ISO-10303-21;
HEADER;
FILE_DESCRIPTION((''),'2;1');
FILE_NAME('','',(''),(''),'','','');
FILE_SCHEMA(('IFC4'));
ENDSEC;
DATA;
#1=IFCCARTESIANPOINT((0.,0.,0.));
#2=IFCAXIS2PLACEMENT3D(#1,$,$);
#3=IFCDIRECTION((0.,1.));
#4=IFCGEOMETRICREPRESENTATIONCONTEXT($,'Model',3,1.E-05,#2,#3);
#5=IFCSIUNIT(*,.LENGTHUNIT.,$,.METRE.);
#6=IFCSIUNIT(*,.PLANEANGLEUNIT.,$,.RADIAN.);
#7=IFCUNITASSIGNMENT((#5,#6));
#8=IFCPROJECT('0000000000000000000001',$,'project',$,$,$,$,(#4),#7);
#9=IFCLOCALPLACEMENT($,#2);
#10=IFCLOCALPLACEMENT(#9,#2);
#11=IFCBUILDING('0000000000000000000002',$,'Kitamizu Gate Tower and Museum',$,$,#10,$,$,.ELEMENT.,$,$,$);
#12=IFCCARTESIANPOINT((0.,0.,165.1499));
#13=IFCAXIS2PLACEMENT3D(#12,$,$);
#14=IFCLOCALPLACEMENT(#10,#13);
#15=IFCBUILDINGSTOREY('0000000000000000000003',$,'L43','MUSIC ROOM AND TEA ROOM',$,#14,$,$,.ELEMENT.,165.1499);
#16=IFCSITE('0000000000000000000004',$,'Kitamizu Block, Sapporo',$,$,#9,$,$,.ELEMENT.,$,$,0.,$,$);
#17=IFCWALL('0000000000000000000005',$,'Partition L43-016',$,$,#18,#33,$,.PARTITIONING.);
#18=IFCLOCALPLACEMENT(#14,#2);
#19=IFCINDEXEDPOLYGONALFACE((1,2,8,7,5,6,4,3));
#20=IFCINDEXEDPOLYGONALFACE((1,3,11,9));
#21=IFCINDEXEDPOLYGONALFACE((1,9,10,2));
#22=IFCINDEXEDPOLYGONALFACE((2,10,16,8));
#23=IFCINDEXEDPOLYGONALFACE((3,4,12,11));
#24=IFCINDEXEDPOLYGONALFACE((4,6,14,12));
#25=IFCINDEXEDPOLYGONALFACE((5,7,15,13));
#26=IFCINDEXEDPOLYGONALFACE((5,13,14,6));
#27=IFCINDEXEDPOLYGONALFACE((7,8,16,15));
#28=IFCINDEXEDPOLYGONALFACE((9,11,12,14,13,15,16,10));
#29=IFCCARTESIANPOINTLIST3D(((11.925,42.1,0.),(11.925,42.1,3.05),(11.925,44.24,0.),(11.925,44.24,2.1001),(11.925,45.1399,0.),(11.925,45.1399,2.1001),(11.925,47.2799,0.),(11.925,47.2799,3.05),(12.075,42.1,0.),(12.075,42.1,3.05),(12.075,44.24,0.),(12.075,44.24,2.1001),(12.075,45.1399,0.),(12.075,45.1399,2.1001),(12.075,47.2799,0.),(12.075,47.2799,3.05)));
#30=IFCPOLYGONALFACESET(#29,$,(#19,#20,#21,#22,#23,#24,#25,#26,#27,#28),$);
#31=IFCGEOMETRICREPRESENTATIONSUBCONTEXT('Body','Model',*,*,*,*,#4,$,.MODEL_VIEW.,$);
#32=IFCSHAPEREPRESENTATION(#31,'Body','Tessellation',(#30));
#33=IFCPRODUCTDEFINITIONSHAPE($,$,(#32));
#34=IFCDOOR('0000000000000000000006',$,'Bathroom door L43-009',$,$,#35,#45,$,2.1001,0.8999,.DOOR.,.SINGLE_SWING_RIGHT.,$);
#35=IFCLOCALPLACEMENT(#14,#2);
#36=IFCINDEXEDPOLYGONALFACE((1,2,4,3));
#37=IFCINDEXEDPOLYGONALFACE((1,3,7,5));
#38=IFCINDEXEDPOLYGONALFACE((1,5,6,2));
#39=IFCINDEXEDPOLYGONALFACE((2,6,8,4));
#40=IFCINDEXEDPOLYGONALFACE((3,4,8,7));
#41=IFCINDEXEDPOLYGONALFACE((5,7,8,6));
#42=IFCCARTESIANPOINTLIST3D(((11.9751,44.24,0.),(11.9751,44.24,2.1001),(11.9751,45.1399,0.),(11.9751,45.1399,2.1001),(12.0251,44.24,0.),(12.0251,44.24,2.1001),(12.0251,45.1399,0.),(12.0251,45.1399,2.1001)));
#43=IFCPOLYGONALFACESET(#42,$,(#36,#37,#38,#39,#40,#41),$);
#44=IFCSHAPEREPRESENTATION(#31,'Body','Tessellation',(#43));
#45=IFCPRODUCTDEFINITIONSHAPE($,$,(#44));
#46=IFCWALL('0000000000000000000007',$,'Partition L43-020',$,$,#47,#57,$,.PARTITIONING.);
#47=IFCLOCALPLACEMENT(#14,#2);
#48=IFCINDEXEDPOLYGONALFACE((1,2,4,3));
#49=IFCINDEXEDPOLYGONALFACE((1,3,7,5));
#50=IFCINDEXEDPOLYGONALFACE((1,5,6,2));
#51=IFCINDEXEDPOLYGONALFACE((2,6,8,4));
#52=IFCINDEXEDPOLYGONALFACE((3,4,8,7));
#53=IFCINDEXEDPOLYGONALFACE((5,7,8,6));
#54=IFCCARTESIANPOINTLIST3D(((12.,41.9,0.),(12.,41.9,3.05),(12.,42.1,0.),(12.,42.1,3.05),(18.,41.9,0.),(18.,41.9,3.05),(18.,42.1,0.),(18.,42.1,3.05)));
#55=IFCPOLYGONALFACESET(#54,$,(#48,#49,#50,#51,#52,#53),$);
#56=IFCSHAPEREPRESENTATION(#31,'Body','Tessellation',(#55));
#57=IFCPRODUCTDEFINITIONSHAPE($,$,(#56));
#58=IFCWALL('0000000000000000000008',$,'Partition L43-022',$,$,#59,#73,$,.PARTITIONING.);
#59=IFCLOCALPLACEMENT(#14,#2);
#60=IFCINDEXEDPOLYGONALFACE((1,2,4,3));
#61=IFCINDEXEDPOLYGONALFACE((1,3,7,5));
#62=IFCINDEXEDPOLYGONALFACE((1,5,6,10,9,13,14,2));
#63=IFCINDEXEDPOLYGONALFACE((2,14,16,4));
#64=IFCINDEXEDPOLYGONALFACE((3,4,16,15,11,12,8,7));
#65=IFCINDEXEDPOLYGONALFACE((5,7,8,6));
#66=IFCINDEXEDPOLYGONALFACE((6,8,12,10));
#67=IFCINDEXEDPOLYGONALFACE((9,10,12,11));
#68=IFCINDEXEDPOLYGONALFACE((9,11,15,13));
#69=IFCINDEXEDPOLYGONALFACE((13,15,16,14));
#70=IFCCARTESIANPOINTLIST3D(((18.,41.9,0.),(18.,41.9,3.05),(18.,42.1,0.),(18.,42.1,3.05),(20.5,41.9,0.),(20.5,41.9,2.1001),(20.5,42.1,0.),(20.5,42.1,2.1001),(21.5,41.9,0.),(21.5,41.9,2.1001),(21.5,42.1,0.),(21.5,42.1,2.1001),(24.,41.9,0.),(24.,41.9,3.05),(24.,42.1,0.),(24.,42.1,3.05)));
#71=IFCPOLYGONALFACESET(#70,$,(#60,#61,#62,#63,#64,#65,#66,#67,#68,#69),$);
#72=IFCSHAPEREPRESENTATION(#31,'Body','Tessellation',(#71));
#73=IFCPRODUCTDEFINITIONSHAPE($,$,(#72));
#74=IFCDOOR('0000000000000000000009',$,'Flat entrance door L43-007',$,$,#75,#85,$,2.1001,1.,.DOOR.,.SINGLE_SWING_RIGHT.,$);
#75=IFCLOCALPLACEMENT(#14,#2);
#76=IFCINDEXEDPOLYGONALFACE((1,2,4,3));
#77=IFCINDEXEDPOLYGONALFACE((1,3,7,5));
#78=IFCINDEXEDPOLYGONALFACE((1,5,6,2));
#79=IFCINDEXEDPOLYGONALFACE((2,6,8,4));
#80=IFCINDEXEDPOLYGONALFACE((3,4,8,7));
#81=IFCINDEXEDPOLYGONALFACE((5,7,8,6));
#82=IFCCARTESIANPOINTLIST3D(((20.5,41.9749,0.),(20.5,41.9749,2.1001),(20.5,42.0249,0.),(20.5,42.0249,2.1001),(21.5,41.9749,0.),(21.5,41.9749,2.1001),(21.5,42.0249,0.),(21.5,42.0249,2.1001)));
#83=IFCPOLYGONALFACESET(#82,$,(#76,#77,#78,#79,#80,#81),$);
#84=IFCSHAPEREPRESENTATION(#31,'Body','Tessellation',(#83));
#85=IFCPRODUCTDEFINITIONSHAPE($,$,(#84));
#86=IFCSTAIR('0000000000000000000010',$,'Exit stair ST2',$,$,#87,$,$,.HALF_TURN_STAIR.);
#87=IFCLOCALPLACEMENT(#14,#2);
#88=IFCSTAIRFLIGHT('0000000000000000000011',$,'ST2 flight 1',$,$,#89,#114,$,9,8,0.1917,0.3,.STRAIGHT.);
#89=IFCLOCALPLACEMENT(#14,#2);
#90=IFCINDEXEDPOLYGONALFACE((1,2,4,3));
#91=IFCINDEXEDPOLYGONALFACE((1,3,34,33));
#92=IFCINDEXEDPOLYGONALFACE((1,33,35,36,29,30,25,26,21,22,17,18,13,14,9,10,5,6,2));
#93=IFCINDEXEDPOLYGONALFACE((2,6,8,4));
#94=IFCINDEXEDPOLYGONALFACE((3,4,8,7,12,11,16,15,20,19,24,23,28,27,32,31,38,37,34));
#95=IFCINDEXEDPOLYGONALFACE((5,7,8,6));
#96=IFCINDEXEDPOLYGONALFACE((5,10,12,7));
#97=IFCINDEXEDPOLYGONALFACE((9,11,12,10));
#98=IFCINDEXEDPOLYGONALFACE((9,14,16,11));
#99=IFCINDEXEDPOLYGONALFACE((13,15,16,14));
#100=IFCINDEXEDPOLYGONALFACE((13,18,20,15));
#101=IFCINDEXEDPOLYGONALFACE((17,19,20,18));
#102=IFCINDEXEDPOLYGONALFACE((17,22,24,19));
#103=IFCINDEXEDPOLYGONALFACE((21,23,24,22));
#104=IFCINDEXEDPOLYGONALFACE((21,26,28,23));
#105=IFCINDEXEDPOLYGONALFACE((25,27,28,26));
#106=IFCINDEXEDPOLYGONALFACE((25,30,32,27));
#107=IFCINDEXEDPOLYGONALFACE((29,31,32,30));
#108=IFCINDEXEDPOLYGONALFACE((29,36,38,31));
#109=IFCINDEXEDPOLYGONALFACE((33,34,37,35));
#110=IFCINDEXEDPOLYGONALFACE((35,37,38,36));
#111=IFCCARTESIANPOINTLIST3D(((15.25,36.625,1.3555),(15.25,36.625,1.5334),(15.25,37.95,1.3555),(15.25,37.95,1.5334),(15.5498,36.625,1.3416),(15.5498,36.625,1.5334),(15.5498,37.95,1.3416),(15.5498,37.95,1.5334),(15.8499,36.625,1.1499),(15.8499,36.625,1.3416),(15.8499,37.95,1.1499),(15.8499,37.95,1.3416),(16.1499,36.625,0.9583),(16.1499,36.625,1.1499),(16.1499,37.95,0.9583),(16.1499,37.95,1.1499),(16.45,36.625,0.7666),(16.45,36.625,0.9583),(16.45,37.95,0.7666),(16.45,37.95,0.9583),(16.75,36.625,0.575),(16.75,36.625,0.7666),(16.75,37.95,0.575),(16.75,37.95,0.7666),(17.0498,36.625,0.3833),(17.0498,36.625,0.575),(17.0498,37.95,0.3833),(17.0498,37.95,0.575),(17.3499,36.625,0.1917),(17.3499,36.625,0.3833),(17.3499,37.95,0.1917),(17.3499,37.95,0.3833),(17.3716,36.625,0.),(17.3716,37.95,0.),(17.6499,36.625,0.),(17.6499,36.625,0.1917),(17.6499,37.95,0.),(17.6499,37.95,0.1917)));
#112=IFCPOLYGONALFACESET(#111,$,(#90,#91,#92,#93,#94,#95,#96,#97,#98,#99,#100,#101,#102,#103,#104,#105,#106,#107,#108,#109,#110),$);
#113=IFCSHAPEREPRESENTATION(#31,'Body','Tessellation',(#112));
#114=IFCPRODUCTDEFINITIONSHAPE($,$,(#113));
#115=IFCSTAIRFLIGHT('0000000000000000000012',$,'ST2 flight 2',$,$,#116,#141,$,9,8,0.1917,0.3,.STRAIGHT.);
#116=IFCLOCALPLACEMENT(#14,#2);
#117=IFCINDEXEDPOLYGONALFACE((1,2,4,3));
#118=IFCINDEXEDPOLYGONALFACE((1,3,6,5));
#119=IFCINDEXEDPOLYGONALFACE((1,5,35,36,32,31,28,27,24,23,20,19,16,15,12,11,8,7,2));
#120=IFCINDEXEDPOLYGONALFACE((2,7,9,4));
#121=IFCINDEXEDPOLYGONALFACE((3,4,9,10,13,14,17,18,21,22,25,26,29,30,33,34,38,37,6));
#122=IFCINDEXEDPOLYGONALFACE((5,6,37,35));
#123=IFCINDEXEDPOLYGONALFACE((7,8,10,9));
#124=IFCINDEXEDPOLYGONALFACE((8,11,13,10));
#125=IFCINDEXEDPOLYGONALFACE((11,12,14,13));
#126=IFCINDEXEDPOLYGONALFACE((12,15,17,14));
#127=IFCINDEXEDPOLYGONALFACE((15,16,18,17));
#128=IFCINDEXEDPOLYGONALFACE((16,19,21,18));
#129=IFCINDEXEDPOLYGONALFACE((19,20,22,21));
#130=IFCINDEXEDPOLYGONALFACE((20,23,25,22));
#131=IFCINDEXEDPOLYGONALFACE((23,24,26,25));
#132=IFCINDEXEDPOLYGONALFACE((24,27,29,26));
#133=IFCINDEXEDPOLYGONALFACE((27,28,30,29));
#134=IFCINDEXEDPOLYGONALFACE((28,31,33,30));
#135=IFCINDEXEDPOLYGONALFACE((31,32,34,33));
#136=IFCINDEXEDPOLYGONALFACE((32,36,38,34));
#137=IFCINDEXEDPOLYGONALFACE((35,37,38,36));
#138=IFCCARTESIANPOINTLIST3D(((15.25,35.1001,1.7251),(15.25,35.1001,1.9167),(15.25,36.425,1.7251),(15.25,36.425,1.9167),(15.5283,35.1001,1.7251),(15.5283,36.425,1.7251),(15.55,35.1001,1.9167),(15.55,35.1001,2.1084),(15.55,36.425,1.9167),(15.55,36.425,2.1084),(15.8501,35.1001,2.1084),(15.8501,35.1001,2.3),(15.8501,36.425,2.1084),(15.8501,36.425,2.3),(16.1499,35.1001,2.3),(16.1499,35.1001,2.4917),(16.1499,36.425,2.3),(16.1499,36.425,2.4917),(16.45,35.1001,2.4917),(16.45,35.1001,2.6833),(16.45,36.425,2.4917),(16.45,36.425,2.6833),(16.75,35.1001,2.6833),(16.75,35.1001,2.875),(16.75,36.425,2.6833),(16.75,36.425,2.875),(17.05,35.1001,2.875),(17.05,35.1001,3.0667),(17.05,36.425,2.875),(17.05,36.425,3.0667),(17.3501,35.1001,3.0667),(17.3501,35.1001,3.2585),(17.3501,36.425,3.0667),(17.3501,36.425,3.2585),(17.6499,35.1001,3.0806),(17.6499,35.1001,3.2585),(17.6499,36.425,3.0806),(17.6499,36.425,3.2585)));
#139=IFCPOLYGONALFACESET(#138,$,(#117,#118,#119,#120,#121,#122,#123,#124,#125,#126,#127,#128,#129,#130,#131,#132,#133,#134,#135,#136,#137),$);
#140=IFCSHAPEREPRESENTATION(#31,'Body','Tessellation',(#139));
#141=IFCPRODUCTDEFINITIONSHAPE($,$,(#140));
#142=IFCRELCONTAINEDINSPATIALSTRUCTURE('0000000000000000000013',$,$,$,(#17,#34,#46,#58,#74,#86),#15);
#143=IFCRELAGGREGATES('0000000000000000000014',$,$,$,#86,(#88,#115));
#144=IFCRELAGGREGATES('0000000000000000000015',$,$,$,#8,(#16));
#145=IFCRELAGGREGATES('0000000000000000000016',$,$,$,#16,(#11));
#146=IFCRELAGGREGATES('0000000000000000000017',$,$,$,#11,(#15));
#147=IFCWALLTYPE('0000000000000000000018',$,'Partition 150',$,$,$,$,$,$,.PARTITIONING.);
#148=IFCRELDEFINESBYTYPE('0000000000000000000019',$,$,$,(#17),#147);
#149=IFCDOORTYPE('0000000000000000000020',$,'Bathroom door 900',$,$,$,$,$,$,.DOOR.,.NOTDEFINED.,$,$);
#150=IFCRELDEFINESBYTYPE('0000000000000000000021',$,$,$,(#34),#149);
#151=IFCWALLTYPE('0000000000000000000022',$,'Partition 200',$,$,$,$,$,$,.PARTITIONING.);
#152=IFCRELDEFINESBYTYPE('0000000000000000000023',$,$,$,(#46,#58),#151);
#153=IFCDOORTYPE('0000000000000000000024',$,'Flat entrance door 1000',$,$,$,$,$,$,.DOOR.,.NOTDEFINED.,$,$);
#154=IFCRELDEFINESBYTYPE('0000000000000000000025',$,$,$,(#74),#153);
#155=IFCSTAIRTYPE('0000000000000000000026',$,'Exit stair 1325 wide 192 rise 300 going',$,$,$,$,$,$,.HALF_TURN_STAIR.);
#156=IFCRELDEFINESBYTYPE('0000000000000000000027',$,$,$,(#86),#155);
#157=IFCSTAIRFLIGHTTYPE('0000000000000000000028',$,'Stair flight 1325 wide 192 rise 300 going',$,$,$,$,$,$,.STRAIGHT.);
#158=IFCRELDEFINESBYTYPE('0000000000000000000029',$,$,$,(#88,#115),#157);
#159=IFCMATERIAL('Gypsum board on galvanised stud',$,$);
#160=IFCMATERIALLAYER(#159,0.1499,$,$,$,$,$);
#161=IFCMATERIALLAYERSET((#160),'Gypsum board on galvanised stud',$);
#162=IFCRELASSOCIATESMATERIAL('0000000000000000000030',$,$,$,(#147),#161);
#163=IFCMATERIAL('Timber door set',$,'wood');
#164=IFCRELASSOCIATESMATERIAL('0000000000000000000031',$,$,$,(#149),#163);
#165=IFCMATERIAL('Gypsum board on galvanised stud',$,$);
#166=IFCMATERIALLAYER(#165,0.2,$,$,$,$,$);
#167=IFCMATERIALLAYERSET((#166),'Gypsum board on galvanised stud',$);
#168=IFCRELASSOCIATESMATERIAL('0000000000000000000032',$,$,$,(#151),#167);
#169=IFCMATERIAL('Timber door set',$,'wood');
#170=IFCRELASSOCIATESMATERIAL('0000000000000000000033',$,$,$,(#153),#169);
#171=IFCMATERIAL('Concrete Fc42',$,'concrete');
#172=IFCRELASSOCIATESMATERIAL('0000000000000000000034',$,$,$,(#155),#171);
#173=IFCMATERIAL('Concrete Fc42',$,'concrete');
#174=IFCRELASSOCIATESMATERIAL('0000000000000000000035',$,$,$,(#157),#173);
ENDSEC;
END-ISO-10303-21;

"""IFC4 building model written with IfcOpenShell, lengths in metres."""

from ifc_helpers import new_model, si_unit, direction, frame, frame_2d, origin, place, context, subcontext, project, spatial, polyline, rectangle, outline, extrude, material, layer, layer_set, type_object, element, fill, aggregate, save


model = new_model("IFC4")

# Units and contexts
model_context = context("Model", 3, precision=1e-05, world=origin(), true_north=direction((0.0, 1.0)))
body_context = subcontext(model_context, "Body", "Model", "MODEL_VIEW")
ifc_project = project(units=[si_unit("LENGTHUNIT", "METRE"), si_unit("PLANEANGLEUNIT", "RADIAN")], contexts=[model_context])

# Site, building, storey
site_placement = place(None, origin())
site = spatial("IfcSite", under=ifc_project, at=site_placement, Name="Kitamizu Block, Sapporo", CompositionType="ELEMENT", RefElevation=0.0)
building_placement = place(site_placement, origin())
building = spatial("IfcBuilding", under=site, at=building_placement, Name="Kitamizu Gate Tower and Museum", CompositionType="ELEMENT")
storey_placement = place(building_placement, frame((0.0, 0.0, 165.1499)))
storey = spatial("IfcBuildingStorey", under=building, at=storey_placement, Name="L43", Description="MUSIC ROOM AND TEA ROOM", CompositionType="ELEMENT", Elevation=165.1499)

# Wall, opening, door
ifc_material_1 = material(Name="Gypsum board on galvanised stud")
ifc_layer_1 = layer(ifc_material_1, 0.1499)
ifc_layer_set_1 = layer_set([ifc_layer_1], Name="Gypsum board on galvanised stud")
wall_type_1 = type_object("IfcWallType", Name="Partition 150", PredefinedType="PARTITIONING", material=ifc_layer_set_1)
wall_1_placement = place(storey_placement, frame((12.0, 42.1001, 0.0), z_axis=(0.0, 0.0, 1.0), x_axis=(0.0, 1.0, 0.0)))
wall_1 = element("IfcWall", 1, at=wall_1_placement, inside=storey, type_object=wall_type_1, Name="Partition L43-016", PredefinedType="PARTITIONING", context=body_context, shape_type="SweptSolid", body=[
    extrude(rectangle(XDim=5.1799, YDim=0.1499, at=frame_2d((2.5898, 0.0))), origin(), (0.0, 0.0, 1.0), 3.05),
])
opening_1_placement = place(wall_1_placement, frame((2.1399, 0.0, 0.0)))
opening_1 = element("IfcOpeningElement", 2, at=opening_1_placement, cuts=wall_1, PredefinedType="OPENING", context=body_context, shape_type="SweptSolid", body=[
    extrude(rectangle(XDim=0.8999, YDim=2.1001, at=frame_2d((0.45, 1.05))), frame((0.0, 0.085, 0.0), z_axis=(0.0, -1.0, 0.0), x_axis=(1.0, 0.0, 0.0)), (0.0, 0.0, 1.0), 0.1699),
])
ifc_material_2 = material(Name="Timber door set", Category="wood")
door_type_1 = type_object("IfcDoorType", Name="Bathroom door 900", OperationType="NOTDEFINED", PredefinedType="DOOR", material=ifc_material_2)
door_1_placement = place(opening_1_placement, origin())
door_1 = element("IfcDoor", 3, at=door_1_placement, inside=storey, type_object=door_type_1, Name="Bathroom door L43-009", OperationType="SINGLE_SWING_RIGHT", OverallHeight=2.1001, OverallWidth=0.8999, PredefinedType="DOOR", context=body_context, shape_type="SweptSolid", body=[
    extrude(rectangle(XDim=0.8999, YDim=2.1001, at=frame_2d((0.45, 1.05))), frame((0.0, 0.0249, 0.0), z_axis=(0.0, -1.0, 0.0), x_axis=(1.0, 0.0, 0.0)), (0.0, 0.0, 1.0), 0.05),
])
fill(opening_1, door_1)

# Wall
ifc_material_3 = material(Name="Gypsum board on galvanised stud")
ifc_layer_2 = layer(ifc_material_3, 0.2)
ifc_layer_set_2 = layer_set([ifc_layer_2], Name="Gypsum board on galvanised stud")
wall_type_2 = type_object("IfcWallType", Name="Partition 200", PredefinedType="PARTITIONING", material=ifc_layer_set_2)
wall_2_placement = place(storey_placement, frame((12.0, 42.0, 0.0), z_axis=(0.0, 0.0, 1.0), x_axis=(1.0, 0.0, 0.0)))
element("IfcWall", 4, at=wall_2_placement, inside=storey, type_object=wall_type_2, Name="Partition L43-020", PredefinedType="PARTITIONING", context=body_context, shape_type="SweptSolid", body=[
    extrude(rectangle(XDim=6.0, YDim=0.2, at=frame_2d((3.0, 0.0))), origin(), (0.0, 0.0, 1.0), 3.05),
])

# Wall, opening, door
wall_3_placement = place(storey_placement, frame((18.0, 42.0, 0.0), z_axis=(0.0, 0.0, 1.0), x_axis=(1.0, 0.0, 0.0)))
wall_3 = element("IfcWall", 5, at=wall_3_placement, inside=storey, type_object=wall_type_2, Name="Partition L43-022", PredefinedType="PARTITIONING", context=body_context, shape_type="SweptSolid", body=[
    extrude(rectangle(XDim=6.0, YDim=0.2, at=frame_2d((3.0, 0.0))), origin(), (0.0, 0.0, 1.0), 3.05),
])
opening_2_placement = place(wall_3_placement, frame((2.5, 0.0, 0.0)))
opening_2 = element("IfcOpeningElement", 6, at=opening_2_placement, cuts=wall_3, PredefinedType="OPENING", context=body_context, shape_type="SweptSolid", body=[
    extrude(rectangle(XDim=1.0, YDim=2.1001, at=frame_2d((0.5, 1.05))), frame((0.0, 0.1099, 0.0), z_axis=(0.0, -1.0, 0.0), x_axis=(1.0, 0.0, 0.0)), (0.0, 0.0, 1.0), 0.22),
])
ifc_material_4 = material(Name="Timber door set", Category="wood")
door_type_2 = type_object("IfcDoorType", Name="Flat entrance door 1000", OperationType="NOTDEFINED", PredefinedType="DOOR", material=ifc_material_4)
door_2_placement = place(opening_2_placement, origin())
door_2 = element("IfcDoor", 7, at=door_2_placement, inside=storey, type_object=door_type_2, Name="Flat entrance door L43-007", OperationType="SINGLE_SWING_RIGHT", OverallHeight=2.1001, OverallWidth=1.0, PredefinedType="DOOR", context=body_context, shape_type="SweptSolid", body=[
    extrude(rectangle(XDim=1.0, YDim=2.1001, at=frame_2d((0.5, 1.05))), frame((0.0, 0.0249, 0.0), z_axis=(0.0, -1.0, 0.0), x_axis=(1.0, 0.0, 0.0)), (0.0, 0.0, 1.0), 0.05),
])
fill(opening_2, door_2)

# Stair, stair flights
ifc_material_5 = material(Name="Concrete Fc42", Category="concrete")
stair_type = type_object("IfcStairType", Name="Exit stair 1325 wide 192 rise 300 going", PredefinedType="HALF_TURN_STAIR", material=ifc_material_5)
stair_placement = place(storey_placement, origin())
stair = element("IfcStair", 8, at=stair_placement, inside=storey, type_object=stair_type, Name="Exit stair ST2", PredefinedType="HALF_TURN_STAIR")
ifc_material_6 = material(Name="Concrete Fc42", Category="concrete")
stair_flight_type = type_object("IfcStairFlightType", Name="Stair flight 1325 wide 192 rise 300 going", PredefinedType="STRAIGHT", material=ifc_material_6)
stair_flight_1_placement = place(storey_placement, frame((17.6499, 37.2876, 0.0), z_axis=(0.0, 0.0, 1.0), x_axis=(-1.0, 0.0, 0.0)))
stair_flight_1 = element("IfcStairFlight", 9, at=stair_flight_1_placement, type_object=stair_flight_type, Name="ST2 flight 1", NumberOfRisers=9, NumberOfTreads=8, PredefinedType="STRAIGHT", RiserHeight=0.1917, TreadLength=0.3, context=body_context, shape_type="SweptSolid", body=[
    extrude(outline(polyline([(0.0, 0.0), (0.0, 0.1917), (0.3, 0.1917), (0.3, 0.3833), (0.6001, 0.3833), (0.6001, 0.575), (0.8999, 0.575), (0.8999, 0.7666), (1.2, 0.7666), (1.2, 0.9583), (1.5, 0.9583), (1.5, 1.1499), (1.8, 1.1499), (1.8, 1.3416), (2.1001, 1.3416), (2.1001, 1.5334), (2.3999, 1.5334), (2.3999, 1.7251), (2.3999, 1.3555), (0.2783, 0.0), (0.0, 0.0)])), frame((0.0, 0.6626, 0.0), z_axis=(0.0, -1.0, 0.0), x_axis=(1.0, 0.0, 0.0)), (0.0, 0.0, 1.0), 1.325),
])
stair_flight_2_placement = place(storey_placement, frame((15.25, 35.7625, 1.7251), z_axis=(0.0, 0.0, 1.0), x_axis=(1.0, 0.0, 0.0)))
stair_flight_2 = element("IfcStairFlight", 10, at=stair_flight_2_placement, type_object=stair_flight_type, Name="ST2 flight 2", NumberOfRisers=9, NumberOfTreads=8, PredefinedType="STRAIGHT", RiserHeight=0.1917, TreadLength=0.3, context=body_context, shape_type="SweptSolid", body=[
    extrude(outline(polyline([(0.0, 0.0), (0.0, 0.1917), (0.3, 0.1917), (0.3, 0.3833), (0.6001, 0.3833), (0.6001, 0.575), (0.8999, 0.575), (0.8999, 0.7666), (1.2, 0.7666), (1.2, 0.9583), (1.5, 0.9583), (1.5, 1.1499), (1.8, 1.1499), (1.8, 1.3416), (2.1001, 1.3416), (2.1001, 1.5334), (2.3999, 1.5334), (2.3999, 1.7251), (2.3999, 1.3555), (0.2783, 0.0), (0.0, 0.0)])), frame((0.0, 0.6626, 0.0), z_axis=(0.0, -1.0, 0.0), x_axis=(1.0, 0.0, 0.0)), (0.0, 0.0, 1.0), 1.325),
])
aggregate(stair, [stair_flight_1, stair_flight_2])

save(model, "model.ifc")
